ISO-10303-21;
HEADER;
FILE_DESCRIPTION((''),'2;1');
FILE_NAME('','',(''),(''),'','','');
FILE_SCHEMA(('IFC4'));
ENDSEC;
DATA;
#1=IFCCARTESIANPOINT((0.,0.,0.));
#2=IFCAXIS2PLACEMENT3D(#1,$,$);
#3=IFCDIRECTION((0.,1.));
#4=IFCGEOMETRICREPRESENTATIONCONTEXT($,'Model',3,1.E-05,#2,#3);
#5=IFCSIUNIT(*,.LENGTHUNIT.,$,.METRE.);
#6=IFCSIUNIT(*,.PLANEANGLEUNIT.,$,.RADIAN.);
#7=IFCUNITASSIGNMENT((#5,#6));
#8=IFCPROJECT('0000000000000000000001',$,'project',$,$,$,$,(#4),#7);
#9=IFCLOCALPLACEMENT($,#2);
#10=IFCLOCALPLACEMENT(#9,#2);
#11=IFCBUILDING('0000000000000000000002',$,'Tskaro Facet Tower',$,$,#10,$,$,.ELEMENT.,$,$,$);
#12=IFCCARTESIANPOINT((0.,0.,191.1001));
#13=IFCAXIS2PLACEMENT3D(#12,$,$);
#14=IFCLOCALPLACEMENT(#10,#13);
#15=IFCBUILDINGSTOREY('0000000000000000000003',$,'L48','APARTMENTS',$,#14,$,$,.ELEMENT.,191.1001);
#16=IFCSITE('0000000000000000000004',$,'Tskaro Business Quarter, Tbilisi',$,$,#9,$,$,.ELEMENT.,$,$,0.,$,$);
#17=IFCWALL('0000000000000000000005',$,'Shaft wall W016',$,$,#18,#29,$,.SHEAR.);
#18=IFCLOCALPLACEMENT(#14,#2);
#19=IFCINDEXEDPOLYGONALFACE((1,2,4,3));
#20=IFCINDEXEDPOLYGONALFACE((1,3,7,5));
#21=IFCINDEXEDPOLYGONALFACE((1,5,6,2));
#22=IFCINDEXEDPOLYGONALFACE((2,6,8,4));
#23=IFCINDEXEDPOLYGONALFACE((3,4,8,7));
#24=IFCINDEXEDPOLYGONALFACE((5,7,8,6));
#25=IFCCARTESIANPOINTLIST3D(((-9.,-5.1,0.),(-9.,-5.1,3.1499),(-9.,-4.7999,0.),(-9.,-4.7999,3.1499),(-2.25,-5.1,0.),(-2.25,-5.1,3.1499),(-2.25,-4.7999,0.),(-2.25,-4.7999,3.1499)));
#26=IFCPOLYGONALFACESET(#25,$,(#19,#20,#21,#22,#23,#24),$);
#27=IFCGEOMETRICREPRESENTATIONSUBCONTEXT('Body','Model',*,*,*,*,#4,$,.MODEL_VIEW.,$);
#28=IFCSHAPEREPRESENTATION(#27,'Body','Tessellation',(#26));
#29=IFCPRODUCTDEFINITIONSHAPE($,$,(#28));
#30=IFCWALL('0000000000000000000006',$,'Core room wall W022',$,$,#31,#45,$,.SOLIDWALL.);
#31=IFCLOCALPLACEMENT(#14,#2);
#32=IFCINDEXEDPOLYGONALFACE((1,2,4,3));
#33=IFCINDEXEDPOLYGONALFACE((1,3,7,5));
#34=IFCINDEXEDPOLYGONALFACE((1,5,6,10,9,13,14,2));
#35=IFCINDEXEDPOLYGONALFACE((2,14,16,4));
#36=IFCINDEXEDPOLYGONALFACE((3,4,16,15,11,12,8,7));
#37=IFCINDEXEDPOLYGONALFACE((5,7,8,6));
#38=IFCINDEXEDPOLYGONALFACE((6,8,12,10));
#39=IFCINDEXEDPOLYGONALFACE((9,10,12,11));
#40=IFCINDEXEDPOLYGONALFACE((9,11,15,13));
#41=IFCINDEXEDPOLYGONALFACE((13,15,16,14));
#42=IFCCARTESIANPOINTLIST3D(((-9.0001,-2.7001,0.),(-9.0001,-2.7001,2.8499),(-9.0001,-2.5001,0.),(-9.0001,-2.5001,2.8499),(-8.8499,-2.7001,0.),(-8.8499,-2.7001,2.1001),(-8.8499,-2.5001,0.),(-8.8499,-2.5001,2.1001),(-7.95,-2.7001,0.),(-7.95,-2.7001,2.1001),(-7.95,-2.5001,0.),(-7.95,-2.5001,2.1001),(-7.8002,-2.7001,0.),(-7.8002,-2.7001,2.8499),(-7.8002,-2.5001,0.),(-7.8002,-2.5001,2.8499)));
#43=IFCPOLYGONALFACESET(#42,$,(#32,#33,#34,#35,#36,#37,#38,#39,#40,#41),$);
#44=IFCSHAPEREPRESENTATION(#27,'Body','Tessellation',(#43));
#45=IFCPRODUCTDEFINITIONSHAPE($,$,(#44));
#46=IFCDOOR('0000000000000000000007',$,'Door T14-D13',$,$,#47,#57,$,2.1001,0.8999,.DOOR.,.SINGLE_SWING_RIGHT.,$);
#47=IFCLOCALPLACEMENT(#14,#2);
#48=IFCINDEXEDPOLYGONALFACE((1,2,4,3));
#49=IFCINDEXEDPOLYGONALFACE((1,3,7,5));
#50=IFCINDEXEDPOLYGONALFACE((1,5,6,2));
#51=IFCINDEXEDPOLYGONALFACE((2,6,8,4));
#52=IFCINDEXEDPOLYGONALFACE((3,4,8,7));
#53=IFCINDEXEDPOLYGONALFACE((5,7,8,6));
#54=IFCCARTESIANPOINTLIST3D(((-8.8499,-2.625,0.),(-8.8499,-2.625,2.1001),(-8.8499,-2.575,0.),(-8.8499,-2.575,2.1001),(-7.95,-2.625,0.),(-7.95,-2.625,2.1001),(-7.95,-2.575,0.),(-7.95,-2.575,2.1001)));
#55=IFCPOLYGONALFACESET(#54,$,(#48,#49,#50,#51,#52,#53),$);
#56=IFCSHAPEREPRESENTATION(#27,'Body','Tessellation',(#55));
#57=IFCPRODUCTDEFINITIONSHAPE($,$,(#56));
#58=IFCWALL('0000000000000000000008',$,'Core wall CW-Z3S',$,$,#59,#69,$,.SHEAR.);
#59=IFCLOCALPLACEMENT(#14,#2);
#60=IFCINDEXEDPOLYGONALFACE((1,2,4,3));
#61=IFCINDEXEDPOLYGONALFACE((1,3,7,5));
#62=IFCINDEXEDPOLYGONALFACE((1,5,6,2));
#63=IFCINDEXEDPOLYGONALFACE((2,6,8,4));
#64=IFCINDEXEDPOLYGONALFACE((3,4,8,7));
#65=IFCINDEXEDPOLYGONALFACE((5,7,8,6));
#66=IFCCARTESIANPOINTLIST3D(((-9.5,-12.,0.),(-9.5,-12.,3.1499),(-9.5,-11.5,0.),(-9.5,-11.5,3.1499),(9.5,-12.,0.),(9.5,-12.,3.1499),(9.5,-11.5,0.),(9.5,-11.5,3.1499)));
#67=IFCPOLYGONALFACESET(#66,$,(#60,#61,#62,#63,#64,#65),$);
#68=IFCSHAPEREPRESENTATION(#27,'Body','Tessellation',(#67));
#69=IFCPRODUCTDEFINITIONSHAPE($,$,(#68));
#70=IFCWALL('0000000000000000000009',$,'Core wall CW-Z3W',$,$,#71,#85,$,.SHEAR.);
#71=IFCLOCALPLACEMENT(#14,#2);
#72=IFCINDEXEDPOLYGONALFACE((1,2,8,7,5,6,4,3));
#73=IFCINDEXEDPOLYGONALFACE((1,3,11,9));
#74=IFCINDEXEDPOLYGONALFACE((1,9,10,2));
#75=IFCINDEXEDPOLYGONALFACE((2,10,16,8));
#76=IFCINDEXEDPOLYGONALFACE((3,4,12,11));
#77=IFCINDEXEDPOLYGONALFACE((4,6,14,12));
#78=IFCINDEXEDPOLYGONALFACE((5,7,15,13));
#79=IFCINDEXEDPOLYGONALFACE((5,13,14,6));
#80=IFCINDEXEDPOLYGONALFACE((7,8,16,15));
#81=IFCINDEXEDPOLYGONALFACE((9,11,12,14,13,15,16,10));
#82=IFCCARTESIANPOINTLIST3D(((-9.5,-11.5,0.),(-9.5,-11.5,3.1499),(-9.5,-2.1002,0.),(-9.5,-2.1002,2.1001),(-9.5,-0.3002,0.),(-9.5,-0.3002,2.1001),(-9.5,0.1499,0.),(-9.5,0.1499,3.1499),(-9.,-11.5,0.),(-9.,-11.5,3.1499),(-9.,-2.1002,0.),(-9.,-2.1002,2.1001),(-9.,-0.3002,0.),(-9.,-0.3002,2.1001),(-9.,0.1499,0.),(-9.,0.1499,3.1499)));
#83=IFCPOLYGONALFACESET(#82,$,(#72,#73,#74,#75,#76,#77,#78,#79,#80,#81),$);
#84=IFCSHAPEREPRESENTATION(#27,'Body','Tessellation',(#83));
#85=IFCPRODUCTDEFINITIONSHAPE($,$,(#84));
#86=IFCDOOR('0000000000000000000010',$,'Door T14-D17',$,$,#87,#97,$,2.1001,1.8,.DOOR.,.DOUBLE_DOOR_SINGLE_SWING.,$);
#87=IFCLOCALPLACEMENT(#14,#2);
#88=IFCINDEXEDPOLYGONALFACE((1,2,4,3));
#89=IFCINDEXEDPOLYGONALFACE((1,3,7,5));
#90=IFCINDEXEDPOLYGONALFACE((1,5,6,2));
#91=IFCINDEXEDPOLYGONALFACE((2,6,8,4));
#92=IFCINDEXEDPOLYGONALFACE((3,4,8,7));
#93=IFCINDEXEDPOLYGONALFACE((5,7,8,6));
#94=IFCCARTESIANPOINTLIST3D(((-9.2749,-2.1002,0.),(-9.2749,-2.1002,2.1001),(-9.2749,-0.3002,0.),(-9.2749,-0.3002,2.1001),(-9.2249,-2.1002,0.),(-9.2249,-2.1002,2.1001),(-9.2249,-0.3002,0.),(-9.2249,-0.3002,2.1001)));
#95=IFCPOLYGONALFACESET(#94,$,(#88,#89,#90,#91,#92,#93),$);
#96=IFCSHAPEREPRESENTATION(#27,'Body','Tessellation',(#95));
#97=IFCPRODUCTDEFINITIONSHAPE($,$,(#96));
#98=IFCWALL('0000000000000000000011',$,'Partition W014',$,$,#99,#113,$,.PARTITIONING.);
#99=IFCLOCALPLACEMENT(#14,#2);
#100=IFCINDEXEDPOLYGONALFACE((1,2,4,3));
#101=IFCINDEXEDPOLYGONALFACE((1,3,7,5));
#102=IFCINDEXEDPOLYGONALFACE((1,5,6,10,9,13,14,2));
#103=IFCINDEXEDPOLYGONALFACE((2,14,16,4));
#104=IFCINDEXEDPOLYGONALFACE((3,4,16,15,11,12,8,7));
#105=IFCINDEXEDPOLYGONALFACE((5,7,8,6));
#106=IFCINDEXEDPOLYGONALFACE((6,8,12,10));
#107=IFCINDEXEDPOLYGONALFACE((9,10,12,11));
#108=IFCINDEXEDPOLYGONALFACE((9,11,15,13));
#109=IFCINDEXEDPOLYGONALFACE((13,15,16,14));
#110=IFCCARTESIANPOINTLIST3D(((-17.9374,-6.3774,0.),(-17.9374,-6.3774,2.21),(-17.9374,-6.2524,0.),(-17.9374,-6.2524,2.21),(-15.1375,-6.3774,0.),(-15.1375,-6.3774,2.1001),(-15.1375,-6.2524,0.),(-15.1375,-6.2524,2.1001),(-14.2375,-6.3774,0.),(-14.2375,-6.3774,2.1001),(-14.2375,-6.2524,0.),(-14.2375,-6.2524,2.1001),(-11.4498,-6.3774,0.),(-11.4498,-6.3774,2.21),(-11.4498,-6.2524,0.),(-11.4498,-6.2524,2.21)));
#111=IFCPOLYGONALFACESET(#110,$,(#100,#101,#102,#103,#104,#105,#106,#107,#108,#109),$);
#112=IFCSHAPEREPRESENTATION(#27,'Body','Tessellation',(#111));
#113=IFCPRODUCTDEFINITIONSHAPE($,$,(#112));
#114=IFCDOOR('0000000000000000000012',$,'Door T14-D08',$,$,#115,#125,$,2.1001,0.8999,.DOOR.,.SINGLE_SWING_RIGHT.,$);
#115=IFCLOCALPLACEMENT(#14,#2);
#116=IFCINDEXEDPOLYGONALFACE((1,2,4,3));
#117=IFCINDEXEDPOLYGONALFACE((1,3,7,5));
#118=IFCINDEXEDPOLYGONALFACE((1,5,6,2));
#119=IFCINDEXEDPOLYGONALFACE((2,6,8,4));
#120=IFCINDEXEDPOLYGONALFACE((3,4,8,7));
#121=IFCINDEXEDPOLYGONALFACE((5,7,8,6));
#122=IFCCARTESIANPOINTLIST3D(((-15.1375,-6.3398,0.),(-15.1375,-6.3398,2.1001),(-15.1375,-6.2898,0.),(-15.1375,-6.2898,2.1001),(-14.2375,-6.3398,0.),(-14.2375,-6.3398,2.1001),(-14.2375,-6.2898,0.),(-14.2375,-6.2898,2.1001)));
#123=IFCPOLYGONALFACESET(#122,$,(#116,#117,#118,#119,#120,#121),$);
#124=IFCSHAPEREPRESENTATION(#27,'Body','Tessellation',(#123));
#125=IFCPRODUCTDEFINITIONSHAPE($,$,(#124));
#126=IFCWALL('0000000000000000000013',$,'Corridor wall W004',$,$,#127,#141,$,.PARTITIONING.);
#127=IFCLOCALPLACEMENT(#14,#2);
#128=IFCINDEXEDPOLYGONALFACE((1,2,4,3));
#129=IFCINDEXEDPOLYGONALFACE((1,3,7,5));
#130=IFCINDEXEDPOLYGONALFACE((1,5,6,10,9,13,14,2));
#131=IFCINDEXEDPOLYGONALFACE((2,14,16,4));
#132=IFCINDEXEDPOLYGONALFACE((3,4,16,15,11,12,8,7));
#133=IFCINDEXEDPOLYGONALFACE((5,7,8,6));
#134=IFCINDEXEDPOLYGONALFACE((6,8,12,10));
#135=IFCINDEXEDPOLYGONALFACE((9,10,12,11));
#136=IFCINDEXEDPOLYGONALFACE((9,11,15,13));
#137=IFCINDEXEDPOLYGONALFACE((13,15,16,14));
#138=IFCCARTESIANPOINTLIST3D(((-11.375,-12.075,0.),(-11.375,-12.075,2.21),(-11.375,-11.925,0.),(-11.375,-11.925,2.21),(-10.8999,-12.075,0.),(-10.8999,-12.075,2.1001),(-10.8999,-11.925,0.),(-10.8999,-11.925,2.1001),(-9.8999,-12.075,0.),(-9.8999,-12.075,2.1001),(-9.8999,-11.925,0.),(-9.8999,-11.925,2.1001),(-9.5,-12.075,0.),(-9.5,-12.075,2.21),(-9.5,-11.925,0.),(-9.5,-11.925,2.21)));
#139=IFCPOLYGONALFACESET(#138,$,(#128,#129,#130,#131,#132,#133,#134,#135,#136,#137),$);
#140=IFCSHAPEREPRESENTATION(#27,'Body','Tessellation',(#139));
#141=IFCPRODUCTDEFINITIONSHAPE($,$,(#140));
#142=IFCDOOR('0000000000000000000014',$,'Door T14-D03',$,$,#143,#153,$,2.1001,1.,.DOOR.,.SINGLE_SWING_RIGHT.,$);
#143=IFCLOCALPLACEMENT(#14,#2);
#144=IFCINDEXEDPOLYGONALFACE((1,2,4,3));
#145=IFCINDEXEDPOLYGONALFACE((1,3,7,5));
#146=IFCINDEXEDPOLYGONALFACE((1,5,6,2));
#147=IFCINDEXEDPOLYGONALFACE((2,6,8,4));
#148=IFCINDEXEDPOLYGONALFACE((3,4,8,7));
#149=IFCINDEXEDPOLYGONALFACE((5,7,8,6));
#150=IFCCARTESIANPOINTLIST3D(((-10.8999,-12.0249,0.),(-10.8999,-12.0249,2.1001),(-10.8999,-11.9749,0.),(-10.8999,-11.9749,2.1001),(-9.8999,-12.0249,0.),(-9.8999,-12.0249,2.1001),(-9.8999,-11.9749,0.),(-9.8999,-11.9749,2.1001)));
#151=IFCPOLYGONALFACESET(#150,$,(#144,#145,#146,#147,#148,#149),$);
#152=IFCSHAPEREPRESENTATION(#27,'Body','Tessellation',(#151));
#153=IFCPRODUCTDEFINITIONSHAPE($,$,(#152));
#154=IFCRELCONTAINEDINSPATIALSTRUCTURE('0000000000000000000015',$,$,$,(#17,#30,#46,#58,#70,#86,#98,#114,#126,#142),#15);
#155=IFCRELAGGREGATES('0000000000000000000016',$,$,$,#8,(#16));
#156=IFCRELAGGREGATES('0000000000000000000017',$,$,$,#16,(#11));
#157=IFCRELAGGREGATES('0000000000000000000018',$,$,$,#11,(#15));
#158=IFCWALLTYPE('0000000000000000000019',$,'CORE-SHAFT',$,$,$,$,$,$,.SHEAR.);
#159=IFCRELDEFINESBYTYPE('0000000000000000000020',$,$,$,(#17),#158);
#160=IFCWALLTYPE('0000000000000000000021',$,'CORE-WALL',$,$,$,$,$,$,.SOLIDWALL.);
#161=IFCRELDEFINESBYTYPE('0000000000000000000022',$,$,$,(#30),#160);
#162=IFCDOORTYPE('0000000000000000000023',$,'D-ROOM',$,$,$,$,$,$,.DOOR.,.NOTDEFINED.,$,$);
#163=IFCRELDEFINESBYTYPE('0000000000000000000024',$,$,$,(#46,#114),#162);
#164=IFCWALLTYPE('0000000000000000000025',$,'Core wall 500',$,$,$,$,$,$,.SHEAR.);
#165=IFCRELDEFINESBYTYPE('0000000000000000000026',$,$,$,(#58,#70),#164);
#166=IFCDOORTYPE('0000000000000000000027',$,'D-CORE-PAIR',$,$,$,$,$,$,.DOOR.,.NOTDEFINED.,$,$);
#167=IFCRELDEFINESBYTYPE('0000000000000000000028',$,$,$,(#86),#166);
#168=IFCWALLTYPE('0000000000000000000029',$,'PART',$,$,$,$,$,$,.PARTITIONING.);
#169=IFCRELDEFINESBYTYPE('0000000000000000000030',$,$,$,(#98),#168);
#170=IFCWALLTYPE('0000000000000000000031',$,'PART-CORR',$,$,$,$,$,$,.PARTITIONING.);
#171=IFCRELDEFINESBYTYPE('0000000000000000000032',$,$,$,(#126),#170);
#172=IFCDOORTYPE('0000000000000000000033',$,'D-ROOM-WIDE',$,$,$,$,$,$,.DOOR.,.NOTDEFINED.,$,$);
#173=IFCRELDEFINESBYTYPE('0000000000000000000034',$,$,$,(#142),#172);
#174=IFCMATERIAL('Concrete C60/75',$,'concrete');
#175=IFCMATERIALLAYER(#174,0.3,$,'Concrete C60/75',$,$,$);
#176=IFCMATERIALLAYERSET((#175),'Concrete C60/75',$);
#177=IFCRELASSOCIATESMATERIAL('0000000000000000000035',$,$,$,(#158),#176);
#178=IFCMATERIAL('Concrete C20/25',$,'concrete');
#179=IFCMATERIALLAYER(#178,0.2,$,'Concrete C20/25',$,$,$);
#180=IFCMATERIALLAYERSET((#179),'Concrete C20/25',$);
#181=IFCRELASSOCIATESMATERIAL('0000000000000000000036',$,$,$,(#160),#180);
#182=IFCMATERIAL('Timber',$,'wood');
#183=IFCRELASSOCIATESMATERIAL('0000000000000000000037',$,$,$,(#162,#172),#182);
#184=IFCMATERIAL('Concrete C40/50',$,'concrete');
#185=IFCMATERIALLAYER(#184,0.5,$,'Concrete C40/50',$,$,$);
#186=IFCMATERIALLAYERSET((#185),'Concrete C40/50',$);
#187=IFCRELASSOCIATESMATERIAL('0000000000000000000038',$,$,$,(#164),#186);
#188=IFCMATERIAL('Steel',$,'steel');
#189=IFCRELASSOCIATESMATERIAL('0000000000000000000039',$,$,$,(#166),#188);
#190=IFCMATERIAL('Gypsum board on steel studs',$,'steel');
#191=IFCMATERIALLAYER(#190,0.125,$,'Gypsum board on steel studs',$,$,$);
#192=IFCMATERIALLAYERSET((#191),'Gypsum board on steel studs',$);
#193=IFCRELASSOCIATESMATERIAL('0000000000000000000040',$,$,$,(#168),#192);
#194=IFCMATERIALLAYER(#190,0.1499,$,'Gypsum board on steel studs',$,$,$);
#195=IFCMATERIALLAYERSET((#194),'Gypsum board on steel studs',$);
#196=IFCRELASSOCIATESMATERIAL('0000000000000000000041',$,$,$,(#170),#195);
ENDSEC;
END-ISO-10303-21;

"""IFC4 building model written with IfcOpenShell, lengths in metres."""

from ifc_helpers import new_model, si_unit, direction, frame, frame_2d, origin, place, context, subcontext, project, spatial, rectangle, extrude, material, layer, layer_set, type_object, element, fill, save


model = new_model("IFC4")

# Units and contexts
model_context = context("Model", 3, precision=1e-05, world=origin(), true_north=direction((0.0, 1.0)))
body_context = subcontext(model_context, "Body", "Model", "MODEL_VIEW")
ifc_project = project(units=[si_unit("LENGTHUNIT", "METRE"), si_unit("PLANEANGLEUNIT", "RADIAN")], contexts=[model_context])

# Site, building, storey
site_placement = place(None, origin())
site = spatial("IfcSite", under=ifc_project, at=site_placement, Name="Tskaro Business Quarter, Tbilisi", CompositionType="ELEMENT", RefElevation=0.0)
building_placement = place(site_placement, origin())
building = spatial("IfcBuilding", under=site, at=building_placement, Name="Tskaro Facet Tower", CompositionType="ELEMENT")
storey_placement = place(building_placement, frame((0.0, 0.0, 191.1001)))
storey = spatial("IfcBuildingStorey", under=building, at=storey_placement, Name="L48", Description="APARTMENTS", CompositionType="ELEMENT", Elevation=191.1001)

# Wall
ifc_material_1 = material(Name="Concrete C60/75", Category="concrete")
ifc_layer_1 = layer(ifc_material_1, 0.3, Name="Concrete C60/75")
ifc_layer_set_1 = layer_set([ifc_layer_1], Name="Concrete C60/75")
wall_type_1 = type_object("IfcWallType", Name="CORE-SHAFT", PredefinedType="SHEAR", material=ifc_layer_set_1)
wall_1_placement = place(storey_placement, frame((-9.0, -4.95, 0.0), z_axis=(0.0, 0.0, 1.0), x_axis=(1.0, 0.0, 0.0)))
element("IfcWall", 1, at=wall_1_placement, inside=storey, type_object=wall_type_1, Name="Shaft wall W016", PredefinedType="SHEAR", context=body_context, shape_type="SweptSolid", body=[
    extrude(rectangle(XDim=6.75, YDim=0.3, at=frame_2d((3.375, 0.0))), origin(), (0.0, 0.0, 1.0), 3.1499),
])

# Wall, opening, door
ifc_material_2 = material(Name="Concrete C20/25", Category="concrete")
ifc_layer_2 = layer(ifc_material_2, 0.2, Name="Concrete C20/25")
ifc_layer_set_2 = layer_set([ifc_layer_2], Name="Concrete C20/25")
wall_type_2 = type_object("IfcWallType", Name="CORE-WALL", PredefinedType="SOLIDWALL", material=ifc_layer_set_2)
wall_2_placement = place(storey_placement, frame((-7.8, -2.6001, 0.0), z_axis=(0.0, 0.0, 1.0), x_axis=(-1.0, 0.0, 0.0)))
wall_2 = element("IfcWall", 2, at=wall_2_placement, inside=storey, type_object=wall_type_2, Name="Core room wall W022", PredefinedType="SOLIDWALL", context=body_context, shape_type="SweptSolid", body=[
    extrude(rectangle(XDim=1.2, YDim=0.2, at=frame_2d((0.6001, 0.0))), origin(), (0.0, 0.0, 1.0), 2.8499),
])
opening_1_placement = place(wall_2_placement, frame((0.1499, 0.0, 0.0)))
opening_1 = element("IfcOpeningElement", 3, at=opening_1_placement, cuts=wall_2, PredefinedType="OPENING", context=body_context, shape_type="SweptSolid", body=[
    extrude(rectangle(XDim=0.8999, YDim=2.1001, at=frame_2d((0.45, 1.05))), frame((0.0, 0.1099, 0.0), z_axis=(0.0, -1.0, 0.0), x_axis=(1.0, 0.0, 0.0)), (0.0, 0.0, 1.0), 0.22),
])
ifc_material_3 = material(Name="Timber", Category="wood")
door_type_1 = type_object("IfcDoorType", Name="D-ROOM", OperationType="NOTDEFINED", PredefinedType="DOOR", material=ifc_material_3)
door_1_placement = place(opening_1_placement, origin())
door_1 = element("IfcDoor", 4, at=door_1_placement, inside=storey, type_object=door_type_1, Name="Door T14-D13", OperationType="SINGLE_SWING_RIGHT", OverallHeight=2.1001, OverallWidth=0.8999, PredefinedType="DOOR", context=body_context, shape_type="SweptSolid", body=[
    extrude(rectangle(XDim=0.8999, YDim=2.1001, at=frame_2d((0.45, 1.05))), frame((0.0, 0.0249, 0.0), z_axis=(0.0, -1.0, 0.0), x_axis=(1.0, 0.0, 0.0)), (0.0, 0.0, 1.0), 0.05),
])
fill(opening_1, door_1)

# Wall
ifc_material_4 = material(Name="Concrete C40/50", Category="concrete")
ifc_layer_3 = layer(ifc_material_4, 0.5, Name="Concrete C40/50")
ifc_layer_set_3 = layer_set([ifc_layer_3], Name="Concrete C40/50")
wall_type_3 = type_object("IfcWallType", Name="Core wall 500", PredefinedType="SHEAR", material=ifc_layer_set_3)
wall_3_placement = place(storey_placement, frame((-9.5, -11.75, 0.0), z_axis=(0.0, 0.0, 1.0), x_axis=(1.0, 0.0, 0.0)))
element("IfcWall", 5, at=wall_3_placement, inside=storey, type_object=wall_type_3, Name="Core wall CW-Z3S", PredefinedType="SHEAR", context=body_context, shape_type="SweptSolid", body=[
    extrude(rectangle(XDim=19.0, YDim=0.5, at=frame_2d((9.5, 0.0))), origin(), (0.0, 0.0, 1.0), 3.1499),
])

# Walls, openings, doors
wall_4_placement = place(storey_placement, frame((-9.25, -11.5, 0.0), z_axis=(0.0, 0.0, 1.0), x_axis=(0.0, 1.0, 0.0)))
wall_4 = element("IfcWall", 6, at=wall_4_placement, inside=storey, type_object=wall_type_3, Name="Core wall CW-Z3W", PredefinedType="SHEAR", context=body_context, shape_type="SweptSolid", body=[
    extrude(rectangle(XDim=11.6499, YDim=0.5, at=frame_2d((5.825, 0.0))), origin(), (0.0, 0.0, 1.0), 3.1499),
])
opening_2_placement = place(wall_4_placement, frame((9.3999, 0.0, 0.0)))
opening_2 = element("IfcOpeningElement", 7, at=opening_2_placement, cuts=wall_4, PredefinedType="OPENING", context=body_context, shape_type="SweptSolid", body=[
    extrude(rectangle(XDim=1.8, YDim=2.1001, at=frame_2d((0.8999, 1.05))), frame((0.0, 0.26, 0.0), z_axis=(0.0, -1.0, 0.0), x_axis=(1.0, 0.0, 0.0)), (0.0, 0.0, 1.0), 0.52),
])
ifc_material_5 = material(Name="Steel", Category="steel")
door_type_2 = type_object("IfcDoorType", Name="D-CORE-PAIR", OperationType="NOTDEFINED", PredefinedType="DOOR", material=ifc_material_5)
door_2_placement = place(opening_2_placement, origin())
door_2 = element("IfcDoor", 8, at=door_2_placement, inside=storey, type_object=door_type_2, Name="Door T14-D17", OperationType="DOUBLE_DOOR_SINGLE_SWING", OverallHeight=2.1001, OverallWidth=1.8, PredefinedType="DOOR", context=body_context, shape_type="SweptSolid", body=[
    extrude(rectangle(XDim=1.8, YDim=2.1001, at=frame_2d((0.8999, 1.05))), frame((0.0, 0.0249, 0.0), z_axis=(0.0, -1.0, 0.0), x_axis=(1.0, 0.0, 0.0)), (0.0, 0.0, 1.0), 0.05),
])
fill(opening_2, door_2)
ifc_material_6 = material(Name="Gypsum board on steel studs", Category="steel")
ifc_layer_4 = layer(ifc_material_6, 0.125, Name="Gypsum board on steel studs")
ifc_layer_set_4 = layer_set([ifc_layer_4], Name="Gypsum board on steel studs")
wall_type_4 = type_object("IfcWallType", Name="PART", PredefinedType="PARTITIONING", material=ifc_layer_set_4)
wall_5_placement = place(storey_placement, frame((-11.45, -6.3149, 0.0), z_axis=(0.0, 0.0, 1.0), x_axis=(-1.0, 0.0, 0.0)))
wall_5 = element("IfcWall", 9, at=wall_5_placement, inside=storey, type_object=wall_type_4, Name="Partition W014", PredefinedType="PARTITIONING", context=body_context, shape_type="SweptSolid", body=[
    extrude(rectangle(XDim=6.4875, YDim=0.125, at=frame_2d((3.2437, 0.0))), origin(), (0.0, 0.0, 1.0), 2.21),
])
opening_3_placement = place(wall_5_placement, frame((2.7876, 0.0, 0.0)))
opening_3 = element("IfcOpeningElement", 10, at=opening_3_placement, cuts=wall_5, PredefinedType="OPENING", context=body_context, shape_type="SweptSolid", body=[
    extrude(rectangle(XDim=0.8999, YDim=2.1001, at=frame_2d((0.45, 1.05))), frame((0.0, 0.0725, 0.0), z_axis=(0.0, -1.0, 0.0), x_axis=(1.0, 0.0, 0.0)), (0.0, 0.0, 1.0), 0.145),
])
door_3_placement = place(opening_3_placement, origin())
door_3 = element("IfcDoor", 11, at=door_3_placement, inside=storey, type_object=door_type_1, Name="Door T14-D08", OperationType="SINGLE_SWING_RIGHT", OverallHeight=2.1001, OverallWidth=0.8999, PredefinedType="DOOR", context=body_context, shape_type="SweptSolid", body=[
    extrude(rectangle(XDim=0.8999, YDim=2.1001, at=frame_2d((0.45, 1.05))), frame((0.0, 0.0249, 0.0), z_axis=(0.0, -1.0, 0.0), x_axis=(1.0, 0.0, 0.0)), (0.0, 0.0, 1.0), 0.05),
])
fill(opening_3, door_3)
ifc_layer_5 = layer(ifc_material_6, 0.1499, Name="Gypsum board on steel studs")
ifc_layer_set_5 = layer_set([ifc_layer_5], Name="Gypsum board on steel studs")
wall_type_5 = type_object("IfcWallType", Name="PART-CORR", PredefinedType="PARTITIONING", material=ifc_layer_set_5)
wall_6_placement = place(storey_placement, frame((-9.5, -12.0, 0.0), z_axis=(0.0, 0.0, 1.0), x_axis=(-1.0, 0.0, 0.0)))
wall_6 = element("IfcWall", 12, at=wall_6_placement, inside=storey, type_object=wall_type_5, Name="Corridor wall W004", PredefinedType="PARTITIONING", context=body_context, shape_type="SweptSolid", body=[
    extrude(rectangle(XDim=1.875, YDim=0.1499, at=frame_2d((0.9375, 0.0))), origin(), (0.0, 0.0, 1.0), 2.21),
])
opening_4_placement = place(wall_6_placement, frame((0.3999, 0.0, 0.0)))
opening_4 = element("IfcOpeningElement", 13, at=opening_4_placement, cuts=wall_6, PredefinedType="OPENING", context=body_context, shape_type="SweptSolid", body=[
    extrude(rectangle(XDim=1.0, YDim=2.1001, at=frame_2d((0.5, 1.05))), frame((0.0, 0.085, 0.0), z_axis=(0.0, -1.0, 0.0), x_axis=(1.0, 0.0, 0.0)), (0.0, 0.0, 1.0), 0.1699),
])
door_type_3 = type_object("IfcDoorType", Name="D-ROOM-WIDE", OperationType="NOTDEFINED", PredefinedType="DOOR", material=ifc_material_3)
door_4_placement = place(opening_4_placement, origin())
door_4 = element("IfcDoor", 14, at=door_4_placement, inside=storey, type_object=door_type_3, Name="Door T14-D03", OperationType="SINGLE_SWING_RIGHT", OverallHeight=2.1001, OverallWidth=1.0, PredefinedType="DOOR", context=body_context, shape_type="SweptSolid", body=[
    extrude(rectangle(XDim=1.0, YDim=2.1001, at=frame_2d((0.5, 1.05))), frame((0.0, 0.0249, 0.0), z_axis=(0.0, -1.0, 0.0), x_axis=(1.0, 0.0, 0.0)), (0.0, 0.0, 1.0), 0.05),
])
fill(opening_4, door_4)

save(model, "model.ifc")
